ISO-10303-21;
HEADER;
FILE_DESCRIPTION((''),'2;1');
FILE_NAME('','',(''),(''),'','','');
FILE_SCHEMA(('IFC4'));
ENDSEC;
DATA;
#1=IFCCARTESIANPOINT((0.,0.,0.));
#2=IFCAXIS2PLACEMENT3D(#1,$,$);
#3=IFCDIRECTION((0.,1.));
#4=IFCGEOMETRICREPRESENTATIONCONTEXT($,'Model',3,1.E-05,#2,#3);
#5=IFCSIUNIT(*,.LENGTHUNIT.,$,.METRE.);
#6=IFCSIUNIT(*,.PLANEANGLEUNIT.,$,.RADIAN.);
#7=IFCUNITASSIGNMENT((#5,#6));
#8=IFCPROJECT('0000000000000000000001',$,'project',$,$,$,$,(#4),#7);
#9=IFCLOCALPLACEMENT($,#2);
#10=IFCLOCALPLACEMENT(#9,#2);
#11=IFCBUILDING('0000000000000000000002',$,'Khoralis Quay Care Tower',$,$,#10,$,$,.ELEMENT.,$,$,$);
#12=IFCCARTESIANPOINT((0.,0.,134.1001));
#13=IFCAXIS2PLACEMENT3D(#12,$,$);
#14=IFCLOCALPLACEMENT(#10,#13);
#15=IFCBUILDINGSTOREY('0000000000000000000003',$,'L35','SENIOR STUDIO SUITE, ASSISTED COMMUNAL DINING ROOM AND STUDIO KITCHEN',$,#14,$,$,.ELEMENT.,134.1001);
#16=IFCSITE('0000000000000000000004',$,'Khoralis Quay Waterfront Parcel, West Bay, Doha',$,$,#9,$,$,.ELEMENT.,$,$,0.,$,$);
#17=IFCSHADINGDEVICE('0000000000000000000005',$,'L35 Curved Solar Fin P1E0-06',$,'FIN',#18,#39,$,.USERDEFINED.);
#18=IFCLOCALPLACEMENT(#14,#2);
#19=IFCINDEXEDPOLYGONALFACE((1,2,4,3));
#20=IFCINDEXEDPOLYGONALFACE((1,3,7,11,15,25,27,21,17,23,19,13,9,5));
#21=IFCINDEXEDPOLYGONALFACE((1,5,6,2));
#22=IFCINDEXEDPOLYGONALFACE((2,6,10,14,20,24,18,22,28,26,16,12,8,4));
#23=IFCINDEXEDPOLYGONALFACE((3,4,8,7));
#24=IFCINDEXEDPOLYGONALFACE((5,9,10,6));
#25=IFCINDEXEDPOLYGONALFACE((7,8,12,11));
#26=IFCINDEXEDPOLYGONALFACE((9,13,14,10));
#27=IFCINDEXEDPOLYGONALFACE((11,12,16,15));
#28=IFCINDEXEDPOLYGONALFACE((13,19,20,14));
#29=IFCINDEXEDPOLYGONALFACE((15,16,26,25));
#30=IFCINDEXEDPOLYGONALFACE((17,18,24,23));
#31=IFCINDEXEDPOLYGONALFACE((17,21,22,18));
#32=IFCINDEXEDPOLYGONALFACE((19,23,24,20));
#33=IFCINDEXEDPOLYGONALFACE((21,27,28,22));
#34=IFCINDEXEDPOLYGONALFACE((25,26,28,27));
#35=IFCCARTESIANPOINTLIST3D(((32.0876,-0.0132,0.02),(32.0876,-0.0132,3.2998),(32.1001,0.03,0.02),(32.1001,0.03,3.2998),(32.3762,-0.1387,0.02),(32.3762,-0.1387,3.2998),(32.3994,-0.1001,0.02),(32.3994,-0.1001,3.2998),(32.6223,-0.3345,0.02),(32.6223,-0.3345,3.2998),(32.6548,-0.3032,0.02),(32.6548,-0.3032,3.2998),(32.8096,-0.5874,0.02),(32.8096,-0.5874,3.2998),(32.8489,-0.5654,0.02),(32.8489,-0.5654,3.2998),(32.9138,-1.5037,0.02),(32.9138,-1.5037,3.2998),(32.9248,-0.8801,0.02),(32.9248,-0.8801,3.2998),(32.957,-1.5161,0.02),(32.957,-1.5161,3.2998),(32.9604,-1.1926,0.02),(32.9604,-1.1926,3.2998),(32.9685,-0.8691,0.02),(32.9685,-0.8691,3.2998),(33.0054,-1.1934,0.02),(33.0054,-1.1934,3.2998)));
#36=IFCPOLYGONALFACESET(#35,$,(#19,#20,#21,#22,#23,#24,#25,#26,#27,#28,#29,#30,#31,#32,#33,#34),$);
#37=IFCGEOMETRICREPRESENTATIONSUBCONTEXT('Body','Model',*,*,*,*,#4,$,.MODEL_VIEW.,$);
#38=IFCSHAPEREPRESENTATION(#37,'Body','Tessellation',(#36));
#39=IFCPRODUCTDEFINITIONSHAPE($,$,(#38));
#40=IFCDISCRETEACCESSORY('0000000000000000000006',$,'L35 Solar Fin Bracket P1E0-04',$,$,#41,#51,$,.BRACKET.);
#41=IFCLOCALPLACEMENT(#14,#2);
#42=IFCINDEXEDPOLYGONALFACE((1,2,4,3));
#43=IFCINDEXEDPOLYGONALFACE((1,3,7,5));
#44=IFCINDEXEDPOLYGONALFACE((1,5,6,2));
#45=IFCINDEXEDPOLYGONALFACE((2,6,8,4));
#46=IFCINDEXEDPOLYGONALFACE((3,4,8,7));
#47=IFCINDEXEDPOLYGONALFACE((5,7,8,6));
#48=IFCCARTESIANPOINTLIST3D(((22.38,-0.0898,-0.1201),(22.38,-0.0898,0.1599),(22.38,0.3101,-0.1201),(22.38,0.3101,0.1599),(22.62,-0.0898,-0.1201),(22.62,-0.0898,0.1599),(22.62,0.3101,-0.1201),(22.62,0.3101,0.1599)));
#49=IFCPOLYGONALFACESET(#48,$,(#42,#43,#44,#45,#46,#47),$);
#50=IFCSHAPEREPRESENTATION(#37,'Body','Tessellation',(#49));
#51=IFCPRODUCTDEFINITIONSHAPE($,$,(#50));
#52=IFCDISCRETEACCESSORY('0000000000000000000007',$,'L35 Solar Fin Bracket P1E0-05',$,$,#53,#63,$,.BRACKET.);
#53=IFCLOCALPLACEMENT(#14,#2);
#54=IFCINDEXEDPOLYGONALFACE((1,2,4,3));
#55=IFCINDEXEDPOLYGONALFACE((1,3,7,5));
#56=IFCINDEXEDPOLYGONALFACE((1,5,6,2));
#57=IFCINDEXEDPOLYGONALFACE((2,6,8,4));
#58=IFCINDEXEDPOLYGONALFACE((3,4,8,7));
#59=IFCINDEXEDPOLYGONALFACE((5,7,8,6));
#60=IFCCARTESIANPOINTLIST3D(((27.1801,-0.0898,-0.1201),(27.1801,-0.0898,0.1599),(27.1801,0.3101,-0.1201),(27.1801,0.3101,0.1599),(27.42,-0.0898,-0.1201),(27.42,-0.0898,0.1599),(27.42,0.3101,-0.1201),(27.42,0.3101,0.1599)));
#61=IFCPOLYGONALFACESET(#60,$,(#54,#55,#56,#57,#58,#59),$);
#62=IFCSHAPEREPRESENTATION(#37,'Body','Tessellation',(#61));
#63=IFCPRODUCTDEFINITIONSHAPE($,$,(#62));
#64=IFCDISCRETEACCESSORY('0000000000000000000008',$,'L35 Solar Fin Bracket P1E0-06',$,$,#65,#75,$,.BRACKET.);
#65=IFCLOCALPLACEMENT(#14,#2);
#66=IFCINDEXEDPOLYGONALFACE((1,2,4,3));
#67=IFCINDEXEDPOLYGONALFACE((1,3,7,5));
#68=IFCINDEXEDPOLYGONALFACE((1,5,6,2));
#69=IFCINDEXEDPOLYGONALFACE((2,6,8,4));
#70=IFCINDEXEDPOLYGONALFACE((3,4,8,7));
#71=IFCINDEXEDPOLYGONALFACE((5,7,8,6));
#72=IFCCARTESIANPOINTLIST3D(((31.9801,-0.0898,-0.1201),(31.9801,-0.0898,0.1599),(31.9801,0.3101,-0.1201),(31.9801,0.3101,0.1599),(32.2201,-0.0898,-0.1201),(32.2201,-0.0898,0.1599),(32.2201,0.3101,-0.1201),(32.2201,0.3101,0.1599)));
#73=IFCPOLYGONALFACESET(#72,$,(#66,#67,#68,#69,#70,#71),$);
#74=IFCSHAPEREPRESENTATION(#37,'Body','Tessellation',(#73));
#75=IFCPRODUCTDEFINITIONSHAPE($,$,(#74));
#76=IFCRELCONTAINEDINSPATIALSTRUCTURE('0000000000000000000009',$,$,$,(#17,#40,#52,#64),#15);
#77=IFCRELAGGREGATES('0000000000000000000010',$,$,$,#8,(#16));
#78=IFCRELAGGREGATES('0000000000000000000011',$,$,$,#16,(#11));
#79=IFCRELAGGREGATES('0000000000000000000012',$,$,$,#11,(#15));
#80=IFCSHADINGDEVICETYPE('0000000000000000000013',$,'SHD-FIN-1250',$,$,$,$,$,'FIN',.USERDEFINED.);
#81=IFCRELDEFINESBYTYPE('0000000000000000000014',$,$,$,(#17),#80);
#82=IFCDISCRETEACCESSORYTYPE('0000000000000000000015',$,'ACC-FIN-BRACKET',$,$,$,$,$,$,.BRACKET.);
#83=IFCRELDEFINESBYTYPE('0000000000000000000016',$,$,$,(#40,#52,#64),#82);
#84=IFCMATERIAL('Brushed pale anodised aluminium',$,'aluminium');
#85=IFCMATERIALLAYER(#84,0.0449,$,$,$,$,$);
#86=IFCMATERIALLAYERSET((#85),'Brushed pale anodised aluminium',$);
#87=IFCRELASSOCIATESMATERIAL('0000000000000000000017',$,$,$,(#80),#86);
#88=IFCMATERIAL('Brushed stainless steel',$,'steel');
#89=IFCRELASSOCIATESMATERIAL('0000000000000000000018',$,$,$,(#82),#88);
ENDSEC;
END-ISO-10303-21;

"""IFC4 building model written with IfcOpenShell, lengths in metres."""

from ifc_helpers import new_model, si_unit, direction, frame, origin, origin_2d, place, context, subcontext, project, spatial, polyline, rectangle, outline, extrude, source, transform, mapped, material, layer, layer_set, type_object, element, save


model = new_model("IFC4")

# Units and contexts
model_context = context("Model", 3, precision=1e-05, world=origin(), true_north=direction((0.0, 1.0)))
body_context = subcontext(model_context, "Body", "Model", "MODEL_VIEW")
ifc_project = project(units=[si_unit("LENGTHUNIT", "METRE"), si_unit("PLANEANGLEUNIT", "RADIAN")], contexts=[model_context])

# Site, building, storey
site_placement = place(None, origin())
site = spatial("IfcSite", under=ifc_project, at=site_placement, Name="Khoralis Quay Waterfront Parcel, West Bay, Doha", CompositionType="ELEMENT", RefElevation=0.0)
building_placement = place(site_placement, origin())
building = spatial("IfcBuilding", under=site, at=building_placement, Name="Khoralis Quay Care Tower", CompositionType="ELEMENT")
storey_placement = place(building_placement, frame((0.0, 0.0, 134.1001)))
storey = spatial("IfcBuildingStorey", under=building, at=storey_placement, Name="L35", Description="SENIOR STUDIO SUITE, ASSISTED COMMUNAL DINING ROOM AND STUDIO KITCHEN", CompositionType="ELEMENT", Elevation=134.1001)

# Shading device
ifc_material_1 = material(Name="Brushed pale anodised aluminium", Category="aluminium")
ifc_layer_1 = layer(ifc_material_1, 0.0449)
ifc_layer_set_1 = layer_set([ifc_layer_1], Name="Brushed pale anodised aluminium")
shading_device_type = type_object("IfcShadingDeviceType", Name="SHD-FIN-1250", ElementType="FIN", PredefinedType="USERDEFINED", material=ifc_layer_set_1)
shared_shape_1 = source(origin(), body_context, "Body", "SweptSolid", [
    extrude(outline(polyline([(0.0, 0.0), (0.1301, 0.2993), (0.3333, 0.5547), (0.5955, 0.7488), (0.8992, 0.8684), (1.2234, 0.9053), (1.5461, 0.8569), (1.5337, 0.8137), (1.2227, 0.8604), (0.9102, 0.8247), (0.6174, 0.7095), (0.3645, 0.5222), (0.1687, 0.2761), (0.0432, -0.0125), (0.0, 0.0)])), origin(), (0.0, 0.0, 1.0), 3.2798),
])
for number, where, z_axis, x_axis, name in (
    (1, (32.1001, 0.03, 0.02), (0.0, 0.0, 1.0), (0.0, -1.0, 0.0), "L35 Curved Solar Fin P1E0-06"),
):
    element("IfcShadingDevice", number, at=place(storey_placement, frame(where, z_axis=z_axis, x_axis=x_axis)), inside=storey, type_object=shading_device_type, Name=name, ObjectType="FIN", PredefinedType="USERDEFINED", context=body_context, shape_type="MappedRepresentation", body=[
        mapped(shared_shape_1, transform((0.0, 0.0, 0.0), scale=1.0)),
    ])

# Discrete accessories
ifc_material_2 = material(Name="Brushed stainless steel", Category="steel")
discrete_accessory_type = type_object("IfcDiscreteAccessoryType", Name="ACC-FIN-BRACKET", PredefinedType="BRACKET", material=ifc_material_2)
shared_shape_2 = source(origin(), body_context, "Body", "SweptSolid", [
    extrude(rectangle(XDim=0.3999, YDim=0.24, at=origin_2d()), origin(), (0.0, 0.0, 1.0), 0.28),
])
for number, where, z_axis, x_axis, name in (
    (2, (22.5, 0.1101, -0.1201), (0.0, 0.0, 1.0), (0.0, -1.0, 0.0), "L35 Solar Fin Bracket P1E0-04"),
    (3, (27.3, 0.1101, -0.1201), (0.0, 0.0, 1.0), (0.0, -1.0, 0.0), "L35 Solar Fin Bracket P1E0-05"),
    (4, (32.1001, 0.1101, -0.1201), (0.0, 0.0, 1.0), (0.0, -1.0, 0.0), "L35 Solar Fin Bracket P1E0-06"),
):
    element("IfcDiscreteAccessory", number, at=place(storey_placement, frame(where, z_axis=z_axis, x_axis=x_axis)), inside=storey, type_object=discrete_accessory_type, Name=name, PredefinedType="BRACKET", context=body_context, shape_type="MappedRepresentation", body=[
        mapped(shared_shape_2, transform((0.0, 0.0, 0.0), scale=1.0)),
    ])

save(model, "model.ifc")
